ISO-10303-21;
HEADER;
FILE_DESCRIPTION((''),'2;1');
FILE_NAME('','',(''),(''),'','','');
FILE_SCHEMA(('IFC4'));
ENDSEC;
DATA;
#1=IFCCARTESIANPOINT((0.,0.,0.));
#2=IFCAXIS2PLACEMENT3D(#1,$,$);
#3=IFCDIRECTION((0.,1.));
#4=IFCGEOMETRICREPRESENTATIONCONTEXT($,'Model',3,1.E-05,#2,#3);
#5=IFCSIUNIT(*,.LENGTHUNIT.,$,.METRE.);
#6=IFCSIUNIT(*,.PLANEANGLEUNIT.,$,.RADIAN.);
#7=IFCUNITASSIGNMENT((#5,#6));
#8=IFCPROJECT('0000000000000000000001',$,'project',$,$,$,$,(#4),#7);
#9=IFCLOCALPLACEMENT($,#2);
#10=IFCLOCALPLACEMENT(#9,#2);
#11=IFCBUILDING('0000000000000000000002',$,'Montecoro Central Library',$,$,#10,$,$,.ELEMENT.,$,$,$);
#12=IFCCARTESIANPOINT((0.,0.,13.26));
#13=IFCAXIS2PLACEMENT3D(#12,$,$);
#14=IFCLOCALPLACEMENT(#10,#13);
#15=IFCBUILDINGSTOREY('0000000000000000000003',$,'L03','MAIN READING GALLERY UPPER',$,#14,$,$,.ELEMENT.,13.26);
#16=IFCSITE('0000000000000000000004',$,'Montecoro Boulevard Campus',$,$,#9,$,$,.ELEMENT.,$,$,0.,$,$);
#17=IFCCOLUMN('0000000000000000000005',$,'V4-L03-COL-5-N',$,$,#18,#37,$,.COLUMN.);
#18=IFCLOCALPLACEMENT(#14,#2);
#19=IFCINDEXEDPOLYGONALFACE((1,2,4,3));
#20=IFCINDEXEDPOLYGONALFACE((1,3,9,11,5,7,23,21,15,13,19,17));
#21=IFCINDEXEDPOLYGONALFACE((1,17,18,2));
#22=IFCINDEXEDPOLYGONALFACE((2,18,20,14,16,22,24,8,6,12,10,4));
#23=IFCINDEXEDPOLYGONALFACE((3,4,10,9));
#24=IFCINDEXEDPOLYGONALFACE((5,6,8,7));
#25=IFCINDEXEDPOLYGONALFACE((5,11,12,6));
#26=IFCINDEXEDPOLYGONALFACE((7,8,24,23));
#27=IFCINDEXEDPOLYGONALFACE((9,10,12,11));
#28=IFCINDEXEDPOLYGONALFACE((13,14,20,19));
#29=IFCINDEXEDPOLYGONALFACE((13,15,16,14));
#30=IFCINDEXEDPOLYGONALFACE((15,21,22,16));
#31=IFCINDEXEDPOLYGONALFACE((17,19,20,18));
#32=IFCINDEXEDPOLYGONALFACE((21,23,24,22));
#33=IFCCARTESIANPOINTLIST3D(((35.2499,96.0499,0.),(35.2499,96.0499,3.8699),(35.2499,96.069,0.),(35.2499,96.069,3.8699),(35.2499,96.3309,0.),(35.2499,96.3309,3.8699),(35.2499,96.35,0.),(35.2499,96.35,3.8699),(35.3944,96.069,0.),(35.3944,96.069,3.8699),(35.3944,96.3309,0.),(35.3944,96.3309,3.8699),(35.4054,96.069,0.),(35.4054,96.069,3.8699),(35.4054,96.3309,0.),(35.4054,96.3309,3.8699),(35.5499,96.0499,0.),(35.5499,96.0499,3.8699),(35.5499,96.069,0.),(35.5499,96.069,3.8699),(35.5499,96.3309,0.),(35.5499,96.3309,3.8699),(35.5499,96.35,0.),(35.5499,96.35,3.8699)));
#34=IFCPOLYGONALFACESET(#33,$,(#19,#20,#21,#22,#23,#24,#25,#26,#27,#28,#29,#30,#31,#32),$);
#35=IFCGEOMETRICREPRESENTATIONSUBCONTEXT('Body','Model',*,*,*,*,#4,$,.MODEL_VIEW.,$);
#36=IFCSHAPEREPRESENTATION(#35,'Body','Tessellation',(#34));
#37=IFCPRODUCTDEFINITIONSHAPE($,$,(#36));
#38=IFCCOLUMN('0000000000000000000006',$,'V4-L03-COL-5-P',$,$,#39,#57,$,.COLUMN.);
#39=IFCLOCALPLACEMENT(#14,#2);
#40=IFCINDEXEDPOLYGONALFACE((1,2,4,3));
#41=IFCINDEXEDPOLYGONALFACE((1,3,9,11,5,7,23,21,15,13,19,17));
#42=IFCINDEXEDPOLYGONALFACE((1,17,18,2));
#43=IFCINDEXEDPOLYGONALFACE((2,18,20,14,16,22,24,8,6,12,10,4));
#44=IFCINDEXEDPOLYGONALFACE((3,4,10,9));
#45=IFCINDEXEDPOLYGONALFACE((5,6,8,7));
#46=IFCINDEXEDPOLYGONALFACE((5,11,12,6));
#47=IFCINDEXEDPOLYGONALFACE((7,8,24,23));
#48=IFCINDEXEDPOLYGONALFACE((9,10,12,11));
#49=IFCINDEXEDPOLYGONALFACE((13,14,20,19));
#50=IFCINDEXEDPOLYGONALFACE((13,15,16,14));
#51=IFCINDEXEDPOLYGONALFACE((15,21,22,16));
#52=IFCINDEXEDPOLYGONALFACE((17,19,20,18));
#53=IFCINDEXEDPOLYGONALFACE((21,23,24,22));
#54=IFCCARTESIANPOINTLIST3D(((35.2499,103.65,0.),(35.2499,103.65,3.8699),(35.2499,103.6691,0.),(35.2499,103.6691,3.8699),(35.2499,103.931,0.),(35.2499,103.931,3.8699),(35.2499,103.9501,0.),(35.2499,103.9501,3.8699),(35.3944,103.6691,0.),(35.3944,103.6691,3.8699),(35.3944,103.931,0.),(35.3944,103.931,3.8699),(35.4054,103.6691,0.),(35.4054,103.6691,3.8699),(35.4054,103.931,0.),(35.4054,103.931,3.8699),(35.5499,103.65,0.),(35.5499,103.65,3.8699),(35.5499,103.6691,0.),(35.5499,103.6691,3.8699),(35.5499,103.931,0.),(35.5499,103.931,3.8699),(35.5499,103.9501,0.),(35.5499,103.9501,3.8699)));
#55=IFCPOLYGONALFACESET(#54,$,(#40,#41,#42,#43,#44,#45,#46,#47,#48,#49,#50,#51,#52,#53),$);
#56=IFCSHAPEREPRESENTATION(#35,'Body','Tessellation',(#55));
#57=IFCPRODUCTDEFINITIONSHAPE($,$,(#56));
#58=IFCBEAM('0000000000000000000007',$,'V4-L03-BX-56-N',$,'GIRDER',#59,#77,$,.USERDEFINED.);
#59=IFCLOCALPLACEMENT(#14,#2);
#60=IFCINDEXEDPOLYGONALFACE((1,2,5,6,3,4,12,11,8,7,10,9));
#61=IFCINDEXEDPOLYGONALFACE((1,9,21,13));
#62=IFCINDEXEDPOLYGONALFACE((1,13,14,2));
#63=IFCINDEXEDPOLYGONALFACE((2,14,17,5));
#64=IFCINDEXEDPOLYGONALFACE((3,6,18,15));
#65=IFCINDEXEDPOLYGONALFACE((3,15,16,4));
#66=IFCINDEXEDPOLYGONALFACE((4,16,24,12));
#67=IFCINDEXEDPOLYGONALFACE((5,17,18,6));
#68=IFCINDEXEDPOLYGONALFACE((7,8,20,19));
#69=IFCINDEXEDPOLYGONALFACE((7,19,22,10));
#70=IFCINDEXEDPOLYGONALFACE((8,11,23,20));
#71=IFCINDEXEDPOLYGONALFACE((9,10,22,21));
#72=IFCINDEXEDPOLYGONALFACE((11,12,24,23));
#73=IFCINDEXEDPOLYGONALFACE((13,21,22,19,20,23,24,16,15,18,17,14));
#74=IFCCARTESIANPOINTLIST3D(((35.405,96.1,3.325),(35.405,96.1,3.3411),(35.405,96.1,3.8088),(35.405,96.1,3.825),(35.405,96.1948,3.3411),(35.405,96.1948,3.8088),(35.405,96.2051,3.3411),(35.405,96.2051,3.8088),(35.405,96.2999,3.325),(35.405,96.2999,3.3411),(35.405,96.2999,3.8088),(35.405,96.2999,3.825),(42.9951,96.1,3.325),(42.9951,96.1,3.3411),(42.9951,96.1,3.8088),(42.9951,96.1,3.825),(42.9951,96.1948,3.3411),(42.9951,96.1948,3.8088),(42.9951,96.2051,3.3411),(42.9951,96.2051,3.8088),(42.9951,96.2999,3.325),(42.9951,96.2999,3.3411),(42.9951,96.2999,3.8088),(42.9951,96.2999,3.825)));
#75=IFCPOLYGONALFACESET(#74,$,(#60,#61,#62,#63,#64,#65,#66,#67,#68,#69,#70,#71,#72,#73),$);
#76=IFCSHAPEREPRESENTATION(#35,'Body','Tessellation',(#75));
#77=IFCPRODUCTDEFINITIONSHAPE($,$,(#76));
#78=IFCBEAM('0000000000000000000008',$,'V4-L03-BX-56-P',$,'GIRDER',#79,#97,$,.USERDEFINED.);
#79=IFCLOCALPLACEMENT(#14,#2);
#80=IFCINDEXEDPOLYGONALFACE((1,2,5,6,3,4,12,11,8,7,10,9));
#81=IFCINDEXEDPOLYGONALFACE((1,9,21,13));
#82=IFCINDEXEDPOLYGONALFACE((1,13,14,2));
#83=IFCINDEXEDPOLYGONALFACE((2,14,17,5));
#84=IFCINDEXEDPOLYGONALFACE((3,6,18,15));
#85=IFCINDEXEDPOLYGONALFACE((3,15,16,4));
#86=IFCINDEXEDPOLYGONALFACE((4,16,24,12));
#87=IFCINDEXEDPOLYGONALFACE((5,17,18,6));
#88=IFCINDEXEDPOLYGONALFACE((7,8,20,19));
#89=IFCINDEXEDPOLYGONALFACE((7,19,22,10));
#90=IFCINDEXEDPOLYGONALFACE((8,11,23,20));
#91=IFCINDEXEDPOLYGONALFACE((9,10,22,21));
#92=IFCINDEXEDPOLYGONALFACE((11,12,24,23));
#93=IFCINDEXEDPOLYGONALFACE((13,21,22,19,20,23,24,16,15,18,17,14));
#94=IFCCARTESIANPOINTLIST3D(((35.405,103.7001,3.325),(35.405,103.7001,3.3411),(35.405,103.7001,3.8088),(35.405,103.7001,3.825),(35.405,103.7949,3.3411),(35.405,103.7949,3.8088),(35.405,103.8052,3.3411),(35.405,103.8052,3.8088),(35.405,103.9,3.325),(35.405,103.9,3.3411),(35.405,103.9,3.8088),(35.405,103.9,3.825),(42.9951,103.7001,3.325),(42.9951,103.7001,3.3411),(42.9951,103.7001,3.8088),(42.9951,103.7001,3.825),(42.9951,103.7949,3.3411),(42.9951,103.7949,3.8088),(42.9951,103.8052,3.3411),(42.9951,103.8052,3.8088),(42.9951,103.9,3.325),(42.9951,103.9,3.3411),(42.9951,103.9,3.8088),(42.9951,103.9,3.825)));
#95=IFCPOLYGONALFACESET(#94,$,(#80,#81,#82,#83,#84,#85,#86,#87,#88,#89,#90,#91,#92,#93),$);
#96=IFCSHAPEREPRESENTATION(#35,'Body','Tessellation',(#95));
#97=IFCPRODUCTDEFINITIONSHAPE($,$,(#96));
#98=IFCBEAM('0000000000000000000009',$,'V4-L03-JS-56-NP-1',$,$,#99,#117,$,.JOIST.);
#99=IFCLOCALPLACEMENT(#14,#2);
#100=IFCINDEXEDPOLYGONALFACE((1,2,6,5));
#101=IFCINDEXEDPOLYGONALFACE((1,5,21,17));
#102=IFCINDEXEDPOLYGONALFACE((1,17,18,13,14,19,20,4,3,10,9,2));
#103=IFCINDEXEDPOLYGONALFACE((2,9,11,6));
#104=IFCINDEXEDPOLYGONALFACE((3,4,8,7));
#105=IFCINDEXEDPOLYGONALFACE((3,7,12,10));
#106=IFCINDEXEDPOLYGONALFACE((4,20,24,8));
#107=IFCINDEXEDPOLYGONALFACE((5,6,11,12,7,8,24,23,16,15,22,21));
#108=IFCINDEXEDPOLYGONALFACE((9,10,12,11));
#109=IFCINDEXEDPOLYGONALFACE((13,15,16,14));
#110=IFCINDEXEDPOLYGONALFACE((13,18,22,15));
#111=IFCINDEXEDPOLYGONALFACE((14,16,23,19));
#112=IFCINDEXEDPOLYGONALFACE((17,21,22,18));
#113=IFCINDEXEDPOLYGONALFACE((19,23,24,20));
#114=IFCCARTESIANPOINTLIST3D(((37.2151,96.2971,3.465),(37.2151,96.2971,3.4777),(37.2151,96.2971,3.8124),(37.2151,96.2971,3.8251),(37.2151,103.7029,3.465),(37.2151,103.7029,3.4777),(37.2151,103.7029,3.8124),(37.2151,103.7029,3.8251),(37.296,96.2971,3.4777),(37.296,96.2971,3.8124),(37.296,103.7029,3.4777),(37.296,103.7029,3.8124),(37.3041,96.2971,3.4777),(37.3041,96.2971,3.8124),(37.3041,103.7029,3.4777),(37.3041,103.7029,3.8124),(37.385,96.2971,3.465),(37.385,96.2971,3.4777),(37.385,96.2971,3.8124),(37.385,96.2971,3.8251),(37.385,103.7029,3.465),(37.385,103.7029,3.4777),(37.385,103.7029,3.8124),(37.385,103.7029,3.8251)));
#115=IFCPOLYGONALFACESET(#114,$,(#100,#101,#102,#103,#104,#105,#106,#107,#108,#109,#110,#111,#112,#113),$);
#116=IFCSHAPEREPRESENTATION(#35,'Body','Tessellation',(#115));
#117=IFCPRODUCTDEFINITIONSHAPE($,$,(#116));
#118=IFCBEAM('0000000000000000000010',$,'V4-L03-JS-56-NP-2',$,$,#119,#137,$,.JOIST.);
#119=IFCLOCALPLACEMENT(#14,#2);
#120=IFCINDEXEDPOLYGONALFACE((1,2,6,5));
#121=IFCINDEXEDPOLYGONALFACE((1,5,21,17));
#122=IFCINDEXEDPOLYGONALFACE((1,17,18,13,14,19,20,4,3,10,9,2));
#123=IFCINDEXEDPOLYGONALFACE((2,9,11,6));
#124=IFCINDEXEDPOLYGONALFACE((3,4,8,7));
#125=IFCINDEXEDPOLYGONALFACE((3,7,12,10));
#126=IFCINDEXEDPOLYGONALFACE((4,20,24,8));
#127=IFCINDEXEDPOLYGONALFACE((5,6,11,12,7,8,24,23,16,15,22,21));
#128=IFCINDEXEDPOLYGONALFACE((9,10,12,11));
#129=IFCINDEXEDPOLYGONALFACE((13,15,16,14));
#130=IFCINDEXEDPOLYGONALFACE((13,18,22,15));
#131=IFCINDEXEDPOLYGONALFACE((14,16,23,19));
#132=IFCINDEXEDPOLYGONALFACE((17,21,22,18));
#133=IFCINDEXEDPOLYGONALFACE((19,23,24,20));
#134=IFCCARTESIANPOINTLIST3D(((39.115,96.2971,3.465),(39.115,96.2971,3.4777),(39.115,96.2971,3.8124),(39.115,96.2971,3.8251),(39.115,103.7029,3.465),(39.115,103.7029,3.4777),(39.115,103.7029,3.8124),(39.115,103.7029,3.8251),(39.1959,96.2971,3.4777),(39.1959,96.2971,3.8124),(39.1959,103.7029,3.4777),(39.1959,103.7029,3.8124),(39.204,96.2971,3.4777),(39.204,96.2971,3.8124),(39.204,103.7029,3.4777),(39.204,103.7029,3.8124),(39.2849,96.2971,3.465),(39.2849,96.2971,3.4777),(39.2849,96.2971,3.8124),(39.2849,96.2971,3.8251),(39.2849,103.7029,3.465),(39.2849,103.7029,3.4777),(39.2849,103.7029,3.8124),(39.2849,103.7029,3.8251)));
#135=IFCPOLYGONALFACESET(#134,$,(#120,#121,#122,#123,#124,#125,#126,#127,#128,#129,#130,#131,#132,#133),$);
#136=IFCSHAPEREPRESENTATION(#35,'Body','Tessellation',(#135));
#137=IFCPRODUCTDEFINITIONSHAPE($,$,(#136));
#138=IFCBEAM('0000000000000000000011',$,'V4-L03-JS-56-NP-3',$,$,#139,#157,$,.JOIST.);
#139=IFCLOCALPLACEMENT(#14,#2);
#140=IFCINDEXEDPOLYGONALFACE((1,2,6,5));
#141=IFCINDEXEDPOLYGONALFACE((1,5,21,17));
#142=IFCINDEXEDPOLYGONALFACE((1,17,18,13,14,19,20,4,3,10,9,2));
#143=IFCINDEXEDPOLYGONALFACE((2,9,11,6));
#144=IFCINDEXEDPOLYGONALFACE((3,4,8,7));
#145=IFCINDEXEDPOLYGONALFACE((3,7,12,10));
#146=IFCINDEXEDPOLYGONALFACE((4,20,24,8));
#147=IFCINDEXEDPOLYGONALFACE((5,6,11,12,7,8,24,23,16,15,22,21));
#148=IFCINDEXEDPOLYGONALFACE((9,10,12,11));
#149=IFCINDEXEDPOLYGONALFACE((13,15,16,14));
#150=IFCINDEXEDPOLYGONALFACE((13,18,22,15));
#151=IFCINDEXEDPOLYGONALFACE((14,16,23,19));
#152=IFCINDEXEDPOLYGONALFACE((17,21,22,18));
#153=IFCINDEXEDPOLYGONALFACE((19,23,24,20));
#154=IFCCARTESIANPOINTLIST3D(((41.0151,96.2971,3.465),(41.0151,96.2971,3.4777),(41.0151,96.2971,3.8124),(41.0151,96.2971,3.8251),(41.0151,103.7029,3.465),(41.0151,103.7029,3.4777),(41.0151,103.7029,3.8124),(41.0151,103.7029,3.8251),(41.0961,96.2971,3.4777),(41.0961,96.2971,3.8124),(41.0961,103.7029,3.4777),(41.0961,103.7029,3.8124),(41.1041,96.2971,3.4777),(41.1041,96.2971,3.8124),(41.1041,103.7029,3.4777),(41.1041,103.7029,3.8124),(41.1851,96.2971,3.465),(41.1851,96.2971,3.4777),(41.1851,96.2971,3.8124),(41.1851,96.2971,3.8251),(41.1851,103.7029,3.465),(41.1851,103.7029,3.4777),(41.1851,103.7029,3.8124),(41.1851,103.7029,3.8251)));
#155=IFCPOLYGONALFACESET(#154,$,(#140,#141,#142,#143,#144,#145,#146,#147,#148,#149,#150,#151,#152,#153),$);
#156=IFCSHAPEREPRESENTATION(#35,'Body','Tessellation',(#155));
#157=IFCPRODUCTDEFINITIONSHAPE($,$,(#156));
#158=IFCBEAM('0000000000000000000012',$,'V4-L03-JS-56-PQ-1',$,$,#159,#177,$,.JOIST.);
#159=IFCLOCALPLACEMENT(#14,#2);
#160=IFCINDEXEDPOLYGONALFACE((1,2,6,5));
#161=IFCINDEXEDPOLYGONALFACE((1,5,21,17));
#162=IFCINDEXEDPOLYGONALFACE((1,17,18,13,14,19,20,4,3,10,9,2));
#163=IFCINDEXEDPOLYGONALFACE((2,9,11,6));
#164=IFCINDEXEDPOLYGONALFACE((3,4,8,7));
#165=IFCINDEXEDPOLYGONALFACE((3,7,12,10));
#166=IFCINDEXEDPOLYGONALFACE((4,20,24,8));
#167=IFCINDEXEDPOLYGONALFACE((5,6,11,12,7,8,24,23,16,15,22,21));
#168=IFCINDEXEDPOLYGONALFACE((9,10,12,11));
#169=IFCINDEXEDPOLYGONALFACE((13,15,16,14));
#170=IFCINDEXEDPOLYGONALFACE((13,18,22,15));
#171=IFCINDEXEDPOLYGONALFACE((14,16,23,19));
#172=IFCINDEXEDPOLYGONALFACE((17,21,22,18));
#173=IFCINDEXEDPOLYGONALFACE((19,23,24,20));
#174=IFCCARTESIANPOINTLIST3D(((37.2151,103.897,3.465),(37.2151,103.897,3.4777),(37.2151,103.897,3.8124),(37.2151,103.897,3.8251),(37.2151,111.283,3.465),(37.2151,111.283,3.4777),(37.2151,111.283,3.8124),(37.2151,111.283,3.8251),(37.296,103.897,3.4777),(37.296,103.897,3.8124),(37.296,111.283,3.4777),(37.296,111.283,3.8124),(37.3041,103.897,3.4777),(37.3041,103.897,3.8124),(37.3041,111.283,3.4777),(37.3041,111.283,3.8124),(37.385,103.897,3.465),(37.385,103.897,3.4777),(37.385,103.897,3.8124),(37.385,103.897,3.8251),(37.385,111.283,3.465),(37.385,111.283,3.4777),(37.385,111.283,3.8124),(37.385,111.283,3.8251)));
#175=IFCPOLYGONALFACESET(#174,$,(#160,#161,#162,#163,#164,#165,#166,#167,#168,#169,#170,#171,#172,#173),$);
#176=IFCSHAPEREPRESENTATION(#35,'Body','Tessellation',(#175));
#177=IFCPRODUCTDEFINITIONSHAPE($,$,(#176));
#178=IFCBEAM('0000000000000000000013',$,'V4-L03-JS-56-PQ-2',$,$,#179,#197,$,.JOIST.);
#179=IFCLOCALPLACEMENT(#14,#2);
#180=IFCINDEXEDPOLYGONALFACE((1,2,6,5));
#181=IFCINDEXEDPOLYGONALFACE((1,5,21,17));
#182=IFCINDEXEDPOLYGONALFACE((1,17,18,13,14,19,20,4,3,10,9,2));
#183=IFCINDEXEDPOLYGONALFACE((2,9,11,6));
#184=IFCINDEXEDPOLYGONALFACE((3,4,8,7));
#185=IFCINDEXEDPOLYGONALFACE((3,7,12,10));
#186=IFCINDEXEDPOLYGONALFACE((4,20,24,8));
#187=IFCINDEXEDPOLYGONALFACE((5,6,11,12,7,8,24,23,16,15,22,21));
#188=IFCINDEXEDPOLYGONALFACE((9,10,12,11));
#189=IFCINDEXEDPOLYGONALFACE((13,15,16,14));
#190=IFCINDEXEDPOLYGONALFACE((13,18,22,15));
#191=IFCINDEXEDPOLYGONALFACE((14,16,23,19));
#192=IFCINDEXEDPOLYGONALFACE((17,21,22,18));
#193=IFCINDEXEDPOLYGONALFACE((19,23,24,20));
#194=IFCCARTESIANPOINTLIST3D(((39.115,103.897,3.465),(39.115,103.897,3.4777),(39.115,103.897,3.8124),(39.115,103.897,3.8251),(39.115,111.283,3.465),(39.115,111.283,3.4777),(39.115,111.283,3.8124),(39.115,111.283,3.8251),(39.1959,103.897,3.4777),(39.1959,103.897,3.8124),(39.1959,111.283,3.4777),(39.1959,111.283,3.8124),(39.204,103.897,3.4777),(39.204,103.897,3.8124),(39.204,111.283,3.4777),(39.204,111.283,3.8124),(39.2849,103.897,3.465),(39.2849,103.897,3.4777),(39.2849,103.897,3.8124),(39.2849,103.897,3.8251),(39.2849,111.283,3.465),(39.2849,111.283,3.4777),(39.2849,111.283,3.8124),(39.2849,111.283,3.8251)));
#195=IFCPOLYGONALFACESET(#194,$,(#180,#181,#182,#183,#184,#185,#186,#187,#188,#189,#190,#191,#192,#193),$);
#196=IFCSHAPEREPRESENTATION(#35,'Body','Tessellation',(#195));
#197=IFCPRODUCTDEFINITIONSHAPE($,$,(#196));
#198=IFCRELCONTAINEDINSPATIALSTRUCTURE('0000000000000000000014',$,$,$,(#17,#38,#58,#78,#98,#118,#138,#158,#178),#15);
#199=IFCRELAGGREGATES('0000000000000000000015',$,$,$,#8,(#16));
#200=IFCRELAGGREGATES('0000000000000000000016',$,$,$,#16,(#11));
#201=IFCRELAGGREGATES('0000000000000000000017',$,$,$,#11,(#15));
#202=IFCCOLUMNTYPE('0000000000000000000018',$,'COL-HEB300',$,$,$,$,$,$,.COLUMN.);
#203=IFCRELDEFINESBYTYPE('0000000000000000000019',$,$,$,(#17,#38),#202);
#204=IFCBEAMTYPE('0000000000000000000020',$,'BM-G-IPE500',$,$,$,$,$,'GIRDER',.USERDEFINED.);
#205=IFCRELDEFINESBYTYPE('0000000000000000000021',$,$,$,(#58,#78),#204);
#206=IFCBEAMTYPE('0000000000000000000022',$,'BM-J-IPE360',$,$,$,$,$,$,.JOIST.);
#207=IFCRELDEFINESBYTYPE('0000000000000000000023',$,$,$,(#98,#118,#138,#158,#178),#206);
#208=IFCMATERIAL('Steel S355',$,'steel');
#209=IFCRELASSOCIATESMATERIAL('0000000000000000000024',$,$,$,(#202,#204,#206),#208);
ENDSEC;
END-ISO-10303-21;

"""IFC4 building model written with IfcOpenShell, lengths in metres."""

from ifc_helpers import new_model, si_unit, direction, frame, origin, origin_2d, place, context, subcontext, project, spatial, i_section, extrude, material, material_profile, profile_set, type_object, element, save


model = new_model("IFC4")

# Units and contexts
model_context = context("Model", 3, precision=1e-05, world=origin(), true_north=direction((0.0, 1.0)))
body_context = subcontext(model_context, "Body", "Model", "MODEL_VIEW")
ifc_project = project(units=[si_unit("LENGTHUNIT", "METRE"), si_unit("PLANEANGLEUNIT", "RADIAN")], contexts=[model_context])

# Site, building, storey
site_placement = place(None, origin())
site = spatial("IfcSite", under=ifc_project, at=site_placement, Name="Montecoro Boulevard Campus", CompositionType="ELEMENT", RefElevation=0.0)
building_placement = place(site_placement, origin())
building = spatial("IfcBuilding", under=site, at=building_placement, Name="Montecoro Central Library", CompositionType="ELEMENT")
storey_placement = place(building_placement, frame((0.0, 0.0, 13.26)))
storey = spatial("IfcBuildingStorey", under=building, at=storey_placement, Name="L03", Description="MAIN READING GALLERY UPPER", CompositionType="ELEMENT", Elevation=13.26)

# Columns
ifc_material_1 = material(Name="Steel S355", Category="steel")
ifc_material_profile_1 = material_profile(ifc_material_1, i_section(OverallWidth=0.3, OverallDepth=0.3, WebThickness=0.011, FlangeThickness=0.019, at=origin_2d()), Name="HEB 300")
ifc_profile_set_1 = profile_set([ifc_material_profile_1], Name="Steel S355")
column_type = type_object("IfcColumnType", Name="COL-HEB300", PredefinedType="COLUMN", material=ifc_profile_set_1)
for number, where, z_axis, x_axis, name in (
    (1, (35.3999, 96.2, 0.0), (0.0, 0.0, 1.0), (1.0, 0.0, 0.0), "V4-L03-COL-5-N"),
    (2, (35.3999, 103.8, 0.0), (0.0, 0.0, 1.0), (1.0, 0.0, 0.0), "V4-L03-COL-5-P"),
):
    element("IfcColumn", number, at=place(storey_placement, frame(where, z_axis=z_axis, x_axis=x_axis)), inside=storey, type_object=column_type, Name=name, PredefinedType="COLUMN", context=body_context, shape_type="SweptSolid", body=[
        extrude(i_section(OverallWidth=0.3, OverallDepth=0.3, WebThickness=0.011, FlangeThickness=0.019, at=origin_2d()), origin(), (0.0, 0.0, 1.0), 3.8699),
    ])

# Beams
ifc_material_profile_2 = material_profile(ifc_material_1, i_section(OverallWidth=0.2, OverallDepth=0.5, WebThickness=0.0103, FlangeThickness=0.0161, at=origin_2d()), Name="IPE 500")
ifc_profile_set_2 = profile_set([ifc_material_profile_2], Name="Steel S355")
beam_type_1 = type_object("IfcBeamType", Name="BM-G-IPE500", ElementType="GIRDER", PredefinedType="USERDEFINED", material=ifc_profile_set_2)
for number, where, z_axis, x_axis, name in (
    (3, (35.405, 96.2, 3.575), (1.0, 0.0, 0.0), (0.0, 1.0, 0.0), "V4-L03-BX-56-N"),
    (4, (35.405, 103.8, 3.575), (1.0, 0.0, 0.0), (0.0, 1.0, 0.0), "V4-L03-BX-56-P"),
):
    element("IfcBeam", number, at=place(storey_placement, frame(where, z_axis=z_axis, x_axis=x_axis)), inside=storey, type_object=beam_type_1, Name=name, ObjectType="GIRDER", PredefinedType="USERDEFINED", context=body_context, shape_type="SweptSolid", body=[
        extrude(i_section(OverallWidth=0.2, OverallDepth=0.5, WebThickness=0.0103, FlangeThickness=0.0161, at=origin_2d()), origin(), (0.0, 0.0, 1.0), 7.5901),
    ])
ifc_material_profile_3 = material_profile(ifc_material_1, i_section(OverallWidth=0.1699, OverallDepth=0.3601, WebThickness=0.0081, FlangeThickness=0.0127, at=origin_2d()), Name="IPE 360")
ifc_profile_set_3 = profile_set([ifc_material_profile_3], Name="Steel S355")
beam_type_2 = type_object("IfcBeamType", Name="BM-J-IPE360", PredefinedType="JOIST", material=ifc_profile_set_3)
for number, where, z_axis, x_axis, name in (
    (5, (37.3, 96.2971, 3.645), (0.0, 1.0, 0.0), (-1.0, 0.0, 0.0), "V4-L03-JS-56-NP-1"),
    (6, (39.2, 96.2971, 3.645), (0.0, 1.0, 0.0), (-1.0, 0.0, 0.0), "V4-L03-JS-56-NP-2"),
    (7, (41.1001, 96.2971, 3.645), (0.0, 1.0, 0.0), (-1.0, 0.0, 0.0), "V4-L03-JS-56-NP-3"),
):
    element("IfcBeam", number, at=place(storey_placement, frame(where, z_axis=z_axis, x_axis=x_axis)), inside=storey, type_object=beam_type_2, Name=name, PredefinedType="JOIST", context=body_context, shape_type="SweptSolid", body=[
        extrude(i_section(OverallWidth=0.1699, OverallDepth=0.3601, WebThickness=0.0081, FlangeThickness=0.0127, at=origin_2d()), origin(), (0.0, 0.0, 1.0), 7.4058),
    ])
for number, where, z_axis, x_axis, name in (
    (8, (37.3, 103.897, 3.645), (0.0, 1.0, 0.0), (-1.0, 0.0, 0.0), "V4-L03-JS-56-PQ-1"),
    (9, (39.2, 103.897, 3.645), (0.0, 1.0, 0.0), (-1.0, 0.0, 0.0), "V4-L03-JS-56-PQ-2"),
):
    element("IfcBeam", number, at=place(storey_placement, frame(where, z_axis=z_axis, x_axis=x_axis)), inside=storey, type_object=beam_type_2, Name=name, PredefinedType="JOIST", context=body_context, shape_type="SweptSolid", body=[
        extrude(i_section(OverallWidth=0.1699, OverallDepth=0.3601, WebThickness=0.0081, FlangeThickness=0.0127, at=origin_2d()), origin(), (0.0, 0.0, 1.0), 7.386),
    ])

save(model, "model.ifc")
